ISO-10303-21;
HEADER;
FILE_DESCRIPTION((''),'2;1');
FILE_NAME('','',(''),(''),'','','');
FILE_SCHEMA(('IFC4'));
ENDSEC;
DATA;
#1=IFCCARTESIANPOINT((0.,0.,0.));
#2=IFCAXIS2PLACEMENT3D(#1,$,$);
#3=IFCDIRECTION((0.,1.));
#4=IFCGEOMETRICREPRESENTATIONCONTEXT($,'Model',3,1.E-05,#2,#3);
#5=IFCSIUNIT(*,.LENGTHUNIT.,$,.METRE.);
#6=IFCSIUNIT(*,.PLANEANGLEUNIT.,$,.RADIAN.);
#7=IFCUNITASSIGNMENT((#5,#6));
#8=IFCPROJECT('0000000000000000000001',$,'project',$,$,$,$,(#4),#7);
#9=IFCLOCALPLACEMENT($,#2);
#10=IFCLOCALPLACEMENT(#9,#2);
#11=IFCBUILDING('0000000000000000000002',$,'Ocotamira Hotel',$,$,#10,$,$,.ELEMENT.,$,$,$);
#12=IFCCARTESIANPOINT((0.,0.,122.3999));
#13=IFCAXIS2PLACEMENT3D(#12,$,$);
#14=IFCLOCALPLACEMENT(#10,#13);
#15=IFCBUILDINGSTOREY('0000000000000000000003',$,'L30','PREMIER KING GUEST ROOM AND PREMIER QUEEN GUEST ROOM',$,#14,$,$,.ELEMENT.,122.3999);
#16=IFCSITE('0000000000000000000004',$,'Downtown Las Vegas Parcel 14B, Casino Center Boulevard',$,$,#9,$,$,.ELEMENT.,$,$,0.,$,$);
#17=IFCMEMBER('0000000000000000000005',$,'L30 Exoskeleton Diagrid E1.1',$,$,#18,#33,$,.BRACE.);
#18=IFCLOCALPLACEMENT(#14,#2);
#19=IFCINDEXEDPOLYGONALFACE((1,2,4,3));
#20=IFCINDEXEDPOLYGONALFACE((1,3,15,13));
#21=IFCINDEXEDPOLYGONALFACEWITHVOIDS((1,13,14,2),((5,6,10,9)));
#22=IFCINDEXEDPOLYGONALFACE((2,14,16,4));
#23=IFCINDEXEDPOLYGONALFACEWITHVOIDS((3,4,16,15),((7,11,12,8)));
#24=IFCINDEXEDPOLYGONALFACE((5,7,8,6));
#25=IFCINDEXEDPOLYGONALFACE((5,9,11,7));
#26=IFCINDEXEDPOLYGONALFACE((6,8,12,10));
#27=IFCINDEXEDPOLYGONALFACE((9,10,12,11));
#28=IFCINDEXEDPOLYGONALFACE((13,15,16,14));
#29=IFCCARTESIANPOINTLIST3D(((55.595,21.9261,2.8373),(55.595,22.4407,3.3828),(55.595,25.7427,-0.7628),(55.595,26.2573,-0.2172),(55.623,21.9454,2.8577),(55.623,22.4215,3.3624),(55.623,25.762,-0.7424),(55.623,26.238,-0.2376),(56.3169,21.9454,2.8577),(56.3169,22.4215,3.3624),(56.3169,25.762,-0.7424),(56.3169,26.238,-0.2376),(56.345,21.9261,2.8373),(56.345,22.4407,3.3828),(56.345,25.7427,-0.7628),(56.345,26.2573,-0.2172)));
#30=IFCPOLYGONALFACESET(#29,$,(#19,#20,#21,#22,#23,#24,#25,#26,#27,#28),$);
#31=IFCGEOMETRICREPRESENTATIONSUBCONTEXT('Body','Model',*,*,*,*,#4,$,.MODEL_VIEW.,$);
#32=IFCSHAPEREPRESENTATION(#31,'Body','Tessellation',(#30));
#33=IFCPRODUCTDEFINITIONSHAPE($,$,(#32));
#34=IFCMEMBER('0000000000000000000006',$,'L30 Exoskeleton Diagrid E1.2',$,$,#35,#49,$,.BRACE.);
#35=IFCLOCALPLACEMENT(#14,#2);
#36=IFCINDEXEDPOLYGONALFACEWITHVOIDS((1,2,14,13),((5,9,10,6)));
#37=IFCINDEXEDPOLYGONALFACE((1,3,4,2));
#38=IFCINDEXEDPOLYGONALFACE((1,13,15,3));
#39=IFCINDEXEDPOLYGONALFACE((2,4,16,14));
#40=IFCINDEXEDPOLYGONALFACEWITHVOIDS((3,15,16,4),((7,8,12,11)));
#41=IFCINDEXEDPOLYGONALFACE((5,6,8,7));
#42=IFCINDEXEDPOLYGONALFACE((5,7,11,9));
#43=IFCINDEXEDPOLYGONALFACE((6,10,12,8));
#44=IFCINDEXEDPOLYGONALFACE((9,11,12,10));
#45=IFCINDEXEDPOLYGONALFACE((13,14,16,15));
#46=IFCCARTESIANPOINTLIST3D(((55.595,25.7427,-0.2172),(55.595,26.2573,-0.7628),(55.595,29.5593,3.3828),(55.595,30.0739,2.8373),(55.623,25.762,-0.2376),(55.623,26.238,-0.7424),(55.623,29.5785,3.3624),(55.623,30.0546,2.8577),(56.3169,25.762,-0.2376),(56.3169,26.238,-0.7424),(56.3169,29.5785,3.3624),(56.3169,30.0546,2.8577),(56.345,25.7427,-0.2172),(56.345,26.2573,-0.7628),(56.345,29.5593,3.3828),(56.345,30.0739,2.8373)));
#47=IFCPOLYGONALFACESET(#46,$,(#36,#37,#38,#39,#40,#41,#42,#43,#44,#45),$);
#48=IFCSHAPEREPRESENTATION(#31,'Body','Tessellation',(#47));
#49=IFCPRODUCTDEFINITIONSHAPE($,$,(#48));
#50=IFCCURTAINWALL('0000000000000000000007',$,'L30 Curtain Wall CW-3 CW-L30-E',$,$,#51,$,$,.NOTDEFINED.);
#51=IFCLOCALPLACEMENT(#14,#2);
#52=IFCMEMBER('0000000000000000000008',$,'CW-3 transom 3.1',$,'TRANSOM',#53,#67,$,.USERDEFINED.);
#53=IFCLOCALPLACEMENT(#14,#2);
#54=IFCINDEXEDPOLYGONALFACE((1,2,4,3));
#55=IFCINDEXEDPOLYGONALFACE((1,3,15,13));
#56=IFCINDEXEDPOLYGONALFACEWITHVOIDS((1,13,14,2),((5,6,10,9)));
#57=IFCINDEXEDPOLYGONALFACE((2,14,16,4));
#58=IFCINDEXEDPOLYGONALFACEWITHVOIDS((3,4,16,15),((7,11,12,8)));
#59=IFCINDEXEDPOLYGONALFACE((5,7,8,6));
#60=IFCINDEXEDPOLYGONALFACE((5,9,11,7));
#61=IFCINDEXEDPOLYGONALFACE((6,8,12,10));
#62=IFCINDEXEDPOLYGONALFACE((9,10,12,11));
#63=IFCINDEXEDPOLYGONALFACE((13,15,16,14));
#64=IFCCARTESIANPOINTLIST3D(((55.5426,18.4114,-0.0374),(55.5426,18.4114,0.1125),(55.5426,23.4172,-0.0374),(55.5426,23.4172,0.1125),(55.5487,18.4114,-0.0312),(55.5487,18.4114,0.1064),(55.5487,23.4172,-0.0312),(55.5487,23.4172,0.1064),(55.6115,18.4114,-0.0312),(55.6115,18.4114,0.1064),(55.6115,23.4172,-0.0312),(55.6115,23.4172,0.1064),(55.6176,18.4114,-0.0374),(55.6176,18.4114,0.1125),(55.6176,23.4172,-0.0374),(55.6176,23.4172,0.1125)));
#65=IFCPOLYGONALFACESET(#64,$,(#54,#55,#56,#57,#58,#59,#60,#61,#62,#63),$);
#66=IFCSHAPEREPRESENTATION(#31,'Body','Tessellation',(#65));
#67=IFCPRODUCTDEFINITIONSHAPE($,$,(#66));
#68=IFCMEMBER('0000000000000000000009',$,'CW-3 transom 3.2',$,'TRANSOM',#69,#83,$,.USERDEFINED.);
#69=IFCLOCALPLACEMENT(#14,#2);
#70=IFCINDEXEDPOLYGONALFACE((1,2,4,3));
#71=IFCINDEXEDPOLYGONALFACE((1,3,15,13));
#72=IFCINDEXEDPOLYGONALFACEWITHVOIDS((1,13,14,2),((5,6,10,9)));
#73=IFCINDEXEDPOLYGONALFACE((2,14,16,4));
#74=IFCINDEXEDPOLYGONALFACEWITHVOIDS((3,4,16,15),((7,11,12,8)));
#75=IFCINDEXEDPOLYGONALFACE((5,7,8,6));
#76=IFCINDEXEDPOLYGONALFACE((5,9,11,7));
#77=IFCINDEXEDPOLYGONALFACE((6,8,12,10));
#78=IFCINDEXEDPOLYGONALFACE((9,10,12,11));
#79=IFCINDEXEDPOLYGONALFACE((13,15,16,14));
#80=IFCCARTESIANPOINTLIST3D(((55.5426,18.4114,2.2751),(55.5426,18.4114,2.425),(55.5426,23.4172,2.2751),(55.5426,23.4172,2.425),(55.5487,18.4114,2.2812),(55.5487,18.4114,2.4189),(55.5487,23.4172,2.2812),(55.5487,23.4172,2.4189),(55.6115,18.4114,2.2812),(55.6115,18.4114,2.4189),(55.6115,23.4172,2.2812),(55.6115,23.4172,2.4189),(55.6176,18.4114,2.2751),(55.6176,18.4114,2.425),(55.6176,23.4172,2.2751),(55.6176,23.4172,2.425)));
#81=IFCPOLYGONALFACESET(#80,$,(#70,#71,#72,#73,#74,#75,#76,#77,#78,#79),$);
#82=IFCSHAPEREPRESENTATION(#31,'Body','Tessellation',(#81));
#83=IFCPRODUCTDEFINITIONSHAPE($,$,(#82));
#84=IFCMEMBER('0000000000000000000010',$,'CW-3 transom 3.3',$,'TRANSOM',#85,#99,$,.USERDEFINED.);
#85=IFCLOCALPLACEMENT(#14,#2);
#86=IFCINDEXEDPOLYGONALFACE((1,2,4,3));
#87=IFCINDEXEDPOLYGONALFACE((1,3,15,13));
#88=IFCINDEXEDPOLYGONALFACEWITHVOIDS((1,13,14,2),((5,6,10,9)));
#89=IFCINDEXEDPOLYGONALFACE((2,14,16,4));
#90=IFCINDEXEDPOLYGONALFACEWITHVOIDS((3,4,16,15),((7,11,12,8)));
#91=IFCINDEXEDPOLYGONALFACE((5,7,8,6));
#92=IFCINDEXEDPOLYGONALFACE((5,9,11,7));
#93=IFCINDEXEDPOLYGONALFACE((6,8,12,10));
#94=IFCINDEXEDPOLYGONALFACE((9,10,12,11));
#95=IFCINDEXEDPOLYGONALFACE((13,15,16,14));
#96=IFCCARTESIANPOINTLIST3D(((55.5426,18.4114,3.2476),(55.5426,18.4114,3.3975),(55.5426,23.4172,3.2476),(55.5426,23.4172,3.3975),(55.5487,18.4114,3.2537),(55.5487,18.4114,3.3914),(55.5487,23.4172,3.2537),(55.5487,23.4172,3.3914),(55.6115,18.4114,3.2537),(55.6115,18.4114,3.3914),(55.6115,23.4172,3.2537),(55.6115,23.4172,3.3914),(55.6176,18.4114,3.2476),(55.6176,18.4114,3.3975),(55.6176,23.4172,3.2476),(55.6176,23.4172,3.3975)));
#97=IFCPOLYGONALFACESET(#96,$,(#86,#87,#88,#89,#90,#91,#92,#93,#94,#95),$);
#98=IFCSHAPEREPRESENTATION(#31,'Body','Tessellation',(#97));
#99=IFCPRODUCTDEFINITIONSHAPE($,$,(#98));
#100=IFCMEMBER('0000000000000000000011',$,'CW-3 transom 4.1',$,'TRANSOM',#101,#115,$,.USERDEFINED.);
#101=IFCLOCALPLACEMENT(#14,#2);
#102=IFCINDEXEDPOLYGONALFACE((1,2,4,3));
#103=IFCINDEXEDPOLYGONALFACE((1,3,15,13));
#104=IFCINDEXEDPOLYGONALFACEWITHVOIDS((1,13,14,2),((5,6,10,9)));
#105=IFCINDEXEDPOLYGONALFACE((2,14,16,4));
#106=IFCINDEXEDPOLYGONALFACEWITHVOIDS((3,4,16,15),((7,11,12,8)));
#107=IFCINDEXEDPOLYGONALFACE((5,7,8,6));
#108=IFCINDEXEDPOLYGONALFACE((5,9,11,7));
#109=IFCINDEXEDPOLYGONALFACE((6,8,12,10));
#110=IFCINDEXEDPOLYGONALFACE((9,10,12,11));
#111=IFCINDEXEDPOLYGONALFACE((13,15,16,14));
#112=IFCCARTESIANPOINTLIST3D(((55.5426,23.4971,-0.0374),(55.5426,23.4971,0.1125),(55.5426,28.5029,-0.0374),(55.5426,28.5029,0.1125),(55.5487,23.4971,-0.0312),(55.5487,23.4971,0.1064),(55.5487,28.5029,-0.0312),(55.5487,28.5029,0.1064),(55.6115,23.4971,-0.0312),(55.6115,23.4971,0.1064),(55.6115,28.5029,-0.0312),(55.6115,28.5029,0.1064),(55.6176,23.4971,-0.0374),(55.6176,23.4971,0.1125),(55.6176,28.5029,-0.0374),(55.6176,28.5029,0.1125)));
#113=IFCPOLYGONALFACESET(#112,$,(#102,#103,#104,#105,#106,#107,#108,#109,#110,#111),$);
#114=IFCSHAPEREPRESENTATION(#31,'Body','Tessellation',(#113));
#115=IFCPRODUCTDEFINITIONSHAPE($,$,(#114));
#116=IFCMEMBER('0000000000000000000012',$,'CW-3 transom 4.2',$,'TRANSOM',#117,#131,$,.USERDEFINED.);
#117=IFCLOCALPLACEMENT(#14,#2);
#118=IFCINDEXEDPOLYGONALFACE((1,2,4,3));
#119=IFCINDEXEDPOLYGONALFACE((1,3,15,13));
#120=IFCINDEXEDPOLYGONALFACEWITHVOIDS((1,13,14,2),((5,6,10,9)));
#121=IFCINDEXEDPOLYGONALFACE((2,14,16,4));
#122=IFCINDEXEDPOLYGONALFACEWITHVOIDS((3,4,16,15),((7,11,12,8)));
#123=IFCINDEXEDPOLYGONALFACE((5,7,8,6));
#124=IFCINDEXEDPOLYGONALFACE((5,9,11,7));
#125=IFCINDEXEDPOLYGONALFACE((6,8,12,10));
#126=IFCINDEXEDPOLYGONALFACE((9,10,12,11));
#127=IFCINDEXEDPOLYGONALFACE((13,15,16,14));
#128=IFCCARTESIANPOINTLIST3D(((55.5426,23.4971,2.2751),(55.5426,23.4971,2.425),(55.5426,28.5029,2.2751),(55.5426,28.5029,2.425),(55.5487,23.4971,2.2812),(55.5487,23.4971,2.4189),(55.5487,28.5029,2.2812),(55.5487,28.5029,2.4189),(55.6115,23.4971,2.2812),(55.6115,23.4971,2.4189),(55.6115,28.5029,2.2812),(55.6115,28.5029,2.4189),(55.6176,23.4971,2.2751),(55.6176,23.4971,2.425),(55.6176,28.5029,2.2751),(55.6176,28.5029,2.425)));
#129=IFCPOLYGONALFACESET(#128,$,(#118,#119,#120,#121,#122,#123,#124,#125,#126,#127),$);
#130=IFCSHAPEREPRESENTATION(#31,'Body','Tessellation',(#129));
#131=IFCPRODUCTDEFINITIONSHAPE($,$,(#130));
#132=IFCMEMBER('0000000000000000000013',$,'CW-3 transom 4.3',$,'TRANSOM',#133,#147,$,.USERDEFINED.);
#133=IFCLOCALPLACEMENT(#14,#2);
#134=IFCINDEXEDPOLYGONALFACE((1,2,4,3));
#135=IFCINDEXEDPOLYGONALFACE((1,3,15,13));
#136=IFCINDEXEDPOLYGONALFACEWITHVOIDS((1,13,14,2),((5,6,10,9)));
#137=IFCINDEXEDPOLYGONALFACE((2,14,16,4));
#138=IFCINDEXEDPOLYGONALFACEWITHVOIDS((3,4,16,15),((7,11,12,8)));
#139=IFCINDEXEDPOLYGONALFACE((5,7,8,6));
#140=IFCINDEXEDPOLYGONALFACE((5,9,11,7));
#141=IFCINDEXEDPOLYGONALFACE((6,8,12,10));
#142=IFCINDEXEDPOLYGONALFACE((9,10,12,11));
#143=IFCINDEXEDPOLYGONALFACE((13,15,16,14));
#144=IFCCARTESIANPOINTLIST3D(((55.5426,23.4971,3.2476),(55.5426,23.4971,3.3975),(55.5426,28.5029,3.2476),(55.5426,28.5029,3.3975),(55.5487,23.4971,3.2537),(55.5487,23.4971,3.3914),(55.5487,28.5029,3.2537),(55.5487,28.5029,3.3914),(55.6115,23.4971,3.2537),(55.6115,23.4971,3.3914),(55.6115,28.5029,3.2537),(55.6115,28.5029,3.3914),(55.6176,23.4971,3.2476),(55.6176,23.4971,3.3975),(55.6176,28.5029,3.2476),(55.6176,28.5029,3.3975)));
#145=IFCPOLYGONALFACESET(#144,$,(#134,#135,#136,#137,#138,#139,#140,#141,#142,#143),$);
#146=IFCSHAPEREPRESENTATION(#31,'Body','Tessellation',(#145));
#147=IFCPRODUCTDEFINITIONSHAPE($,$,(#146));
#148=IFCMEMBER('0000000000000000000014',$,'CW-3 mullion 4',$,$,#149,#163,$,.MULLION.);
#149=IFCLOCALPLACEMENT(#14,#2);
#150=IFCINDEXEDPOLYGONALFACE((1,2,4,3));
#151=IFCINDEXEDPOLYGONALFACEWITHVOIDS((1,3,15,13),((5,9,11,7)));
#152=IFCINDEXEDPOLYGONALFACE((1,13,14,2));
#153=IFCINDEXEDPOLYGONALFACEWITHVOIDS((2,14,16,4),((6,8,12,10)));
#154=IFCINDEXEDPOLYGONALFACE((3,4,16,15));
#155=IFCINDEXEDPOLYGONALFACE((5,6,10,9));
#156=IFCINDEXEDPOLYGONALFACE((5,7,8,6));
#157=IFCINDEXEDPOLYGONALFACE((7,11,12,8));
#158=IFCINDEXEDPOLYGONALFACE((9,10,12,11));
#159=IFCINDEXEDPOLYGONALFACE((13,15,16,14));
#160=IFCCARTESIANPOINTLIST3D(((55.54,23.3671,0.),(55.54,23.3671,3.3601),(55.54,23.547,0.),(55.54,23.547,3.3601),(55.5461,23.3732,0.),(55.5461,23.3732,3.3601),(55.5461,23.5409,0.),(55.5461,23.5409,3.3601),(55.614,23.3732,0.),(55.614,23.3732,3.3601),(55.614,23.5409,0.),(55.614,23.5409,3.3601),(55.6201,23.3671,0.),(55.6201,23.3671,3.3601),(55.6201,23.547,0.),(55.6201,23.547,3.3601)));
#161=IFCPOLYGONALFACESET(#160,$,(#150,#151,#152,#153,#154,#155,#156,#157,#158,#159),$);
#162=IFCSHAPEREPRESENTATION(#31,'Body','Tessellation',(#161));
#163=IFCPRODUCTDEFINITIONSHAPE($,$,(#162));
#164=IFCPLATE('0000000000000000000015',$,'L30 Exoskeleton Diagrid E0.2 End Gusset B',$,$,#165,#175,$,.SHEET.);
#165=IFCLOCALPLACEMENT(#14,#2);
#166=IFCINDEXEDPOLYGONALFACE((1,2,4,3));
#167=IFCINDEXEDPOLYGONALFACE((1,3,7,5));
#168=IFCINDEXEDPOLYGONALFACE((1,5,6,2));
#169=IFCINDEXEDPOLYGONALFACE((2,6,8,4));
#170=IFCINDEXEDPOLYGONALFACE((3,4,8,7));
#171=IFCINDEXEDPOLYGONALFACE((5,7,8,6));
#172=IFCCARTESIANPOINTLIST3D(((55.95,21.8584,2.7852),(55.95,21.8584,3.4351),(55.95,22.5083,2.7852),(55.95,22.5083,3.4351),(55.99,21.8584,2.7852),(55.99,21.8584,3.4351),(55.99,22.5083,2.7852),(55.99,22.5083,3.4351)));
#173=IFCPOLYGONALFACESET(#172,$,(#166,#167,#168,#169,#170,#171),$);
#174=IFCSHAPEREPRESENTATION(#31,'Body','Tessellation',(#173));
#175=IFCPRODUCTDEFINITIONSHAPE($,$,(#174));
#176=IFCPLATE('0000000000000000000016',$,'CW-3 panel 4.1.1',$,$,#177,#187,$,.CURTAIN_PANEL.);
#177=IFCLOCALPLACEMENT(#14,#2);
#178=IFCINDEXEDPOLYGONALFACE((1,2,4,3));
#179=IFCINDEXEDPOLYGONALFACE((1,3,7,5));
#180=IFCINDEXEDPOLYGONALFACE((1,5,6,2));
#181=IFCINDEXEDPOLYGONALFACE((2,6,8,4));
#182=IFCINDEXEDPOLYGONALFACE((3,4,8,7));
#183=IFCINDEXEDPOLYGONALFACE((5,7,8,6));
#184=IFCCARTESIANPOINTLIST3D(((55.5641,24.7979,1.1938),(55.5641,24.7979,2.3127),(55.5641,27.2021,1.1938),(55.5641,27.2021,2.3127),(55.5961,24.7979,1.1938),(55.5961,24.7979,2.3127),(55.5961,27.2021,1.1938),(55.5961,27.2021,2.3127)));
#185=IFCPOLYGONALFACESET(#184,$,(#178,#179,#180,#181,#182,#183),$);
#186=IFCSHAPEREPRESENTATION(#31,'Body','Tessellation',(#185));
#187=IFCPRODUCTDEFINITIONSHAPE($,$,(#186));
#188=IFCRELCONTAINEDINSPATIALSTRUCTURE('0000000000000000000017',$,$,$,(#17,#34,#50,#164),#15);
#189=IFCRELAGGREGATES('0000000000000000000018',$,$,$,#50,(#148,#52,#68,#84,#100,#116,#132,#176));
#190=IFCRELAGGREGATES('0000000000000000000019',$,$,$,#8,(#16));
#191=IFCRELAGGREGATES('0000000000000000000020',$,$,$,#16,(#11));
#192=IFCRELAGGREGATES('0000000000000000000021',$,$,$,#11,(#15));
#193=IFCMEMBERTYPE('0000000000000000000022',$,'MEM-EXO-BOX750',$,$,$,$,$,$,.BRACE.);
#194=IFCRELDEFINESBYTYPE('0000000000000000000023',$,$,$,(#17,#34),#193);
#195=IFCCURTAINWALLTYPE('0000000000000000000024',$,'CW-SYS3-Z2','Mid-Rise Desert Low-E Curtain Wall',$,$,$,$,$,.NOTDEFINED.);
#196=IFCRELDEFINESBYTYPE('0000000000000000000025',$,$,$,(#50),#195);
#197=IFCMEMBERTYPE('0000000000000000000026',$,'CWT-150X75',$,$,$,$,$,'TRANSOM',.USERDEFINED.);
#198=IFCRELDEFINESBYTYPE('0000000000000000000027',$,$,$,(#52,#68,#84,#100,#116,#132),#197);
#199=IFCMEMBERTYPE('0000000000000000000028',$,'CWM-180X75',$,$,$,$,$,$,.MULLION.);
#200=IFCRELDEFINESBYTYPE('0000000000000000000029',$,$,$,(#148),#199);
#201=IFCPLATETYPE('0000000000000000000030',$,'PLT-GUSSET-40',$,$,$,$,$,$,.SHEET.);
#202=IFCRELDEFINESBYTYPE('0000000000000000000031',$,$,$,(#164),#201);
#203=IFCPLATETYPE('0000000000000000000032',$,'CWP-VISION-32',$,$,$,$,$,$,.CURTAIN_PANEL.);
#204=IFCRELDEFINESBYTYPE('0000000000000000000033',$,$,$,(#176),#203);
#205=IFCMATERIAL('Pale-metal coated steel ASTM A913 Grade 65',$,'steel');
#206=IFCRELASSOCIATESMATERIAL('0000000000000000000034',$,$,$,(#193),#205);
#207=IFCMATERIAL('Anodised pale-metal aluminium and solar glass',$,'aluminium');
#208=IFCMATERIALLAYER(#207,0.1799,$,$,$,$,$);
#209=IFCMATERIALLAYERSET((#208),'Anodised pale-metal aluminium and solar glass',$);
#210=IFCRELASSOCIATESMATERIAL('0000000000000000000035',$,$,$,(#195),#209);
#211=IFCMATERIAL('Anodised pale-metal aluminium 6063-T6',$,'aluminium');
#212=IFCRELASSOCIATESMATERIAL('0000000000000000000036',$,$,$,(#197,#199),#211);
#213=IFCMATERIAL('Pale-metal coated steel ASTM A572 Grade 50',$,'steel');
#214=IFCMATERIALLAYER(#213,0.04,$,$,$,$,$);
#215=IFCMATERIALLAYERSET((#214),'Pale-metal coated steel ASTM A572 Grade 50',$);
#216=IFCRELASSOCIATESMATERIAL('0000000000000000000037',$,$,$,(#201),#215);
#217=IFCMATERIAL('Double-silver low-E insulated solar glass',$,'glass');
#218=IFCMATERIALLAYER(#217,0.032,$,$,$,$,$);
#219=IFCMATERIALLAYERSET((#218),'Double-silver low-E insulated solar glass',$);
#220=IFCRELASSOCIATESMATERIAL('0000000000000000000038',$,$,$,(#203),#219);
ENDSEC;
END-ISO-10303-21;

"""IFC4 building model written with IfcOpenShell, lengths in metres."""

from ifc_helpers import new_model, si_unit, direction, frame, origin, origin_2d, place, context, subcontext, project, spatial, rectangle, hollow_rectangle, extrude, source, transform, mapped, material, layer, layer_set, material_profile, profile_set, type_object, element, aggregate, save


model = new_model("IFC4")

# Units and contexts
model_context = context("Model", 3, precision=1e-05, world=origin(), true_north=direction((0.0, 1.0)))
body_context = subcontext(model_context, "Body", "Model", "MODEL_VIEW")
ifc_project = project(units=[si_unit("LENGTHUNIT", "METRE"), si_unit("PLANEANGLEUNIT", "RADIAN")], contexts=[model_context])

# Site, building, storey
site_placement = place(None, origin())
site = spatial("IfcSite", under=ifc_project, at=site_placement, Name="Downtown Las Vegas Parcel 14B, Casino Center Boulevard", CompositionType="ELEMENT", RefElevation=0.0)
building_placement = place(site_placement, origin())
building = spatial("IfcBuilding", under=site, at=building_placement, Name="Ocotamira Hotel", CompositionType="ELEMENT")
storey_placement = place(building_placement, frame((0.0, 0.0, 122.3999)))
storey = spatial("IfcBuildingStorey", under=building, at=storey_placement, Name="L30", Description="PREMIER KING GUEST ROOM AND PREMIER QUEEN GUEST ROOM", CompositionType="ELEMENT", Elevation=122.3999)

# Members
ifc_material_1 = material(Name="Pale-metal coated steel ASTM A913 Grade 65", Category="steel")
ifc_material_profile_1 = material_profile(ifc_material_1, hollow_rectangle(XDim=0.75, YDim=0.75, WallThickness=0.0281, at=origin_2d()), Name="BOX750X750X28")
ifc_profile_set_1 = profile_set([ifc_material_profile_1], Name="Pale-metal coated steel ASTM A913 Grade 65")
member_type_1 = type_object("IfcMemberType", Name="MEM-EXO-BOX750", PredefinedType="BRACE", material=ifc_profile_set_1)
shared_shape_1 = source(origin(), body_context, "Body", "SweptSolid", [
    extrude(hollow_rectangle(XDim=0.75, YDim=0.75, WallThickness=0.0281, at=origin_2d()), origin(), (0.0, 0.0, 1.0), 5.2466),
])
for number, where, z_axis, x_axis, name in (
    (1, (55.97, 26.0, -0.49), (0.0, -0.727443, 0.686168), (1.0, 0.0, 0.0), "L30 Exoskeleton Diagrid E1.1"),
    (2, (55.97, 26.0, -0.49), (0.0, 0.727443, 0.686168), (-1.0, 0.0, 0.0), "L30 Exoskeleton Diagrid E1.2"),
):
    element("IfcMember", number, at=place(storey_placement, frame(where, z_axis=z_axis, x_axis=x_axis)), inside=storey, type_object=member_type_1, Name=name, PredefinedType="BRACE", context=body_context, shape_type="MappedRepresentation", body=[
        mapped(shared_shape_1, transform((0.0, 0.0, 0.0), scale=1.0)),
    ])

# Curtain wall, members
ifc_material_2 = material(Name="Anodised pale-metal aluminium and solar glass", Category="aluminium")
ifc_layer_1 = layer(ifc_material_2, 0.1799)
ifc_layer_set_1 = layer_set([ifc_layer_1], Name="Anodised pale-metal aluminium and solar glass")
curtain_wall_type = type_object("IfcCurtainWallType", Name="CW-SYS3-Z2", Description="Mid-Rise Desert Low-E Curtain Wall", PredefinedType="NOTDEFINED", material=ifc_layer_set_1)
curtain_wall_placement = place(storey_placement, origin())
curtain_wall = element("IfcCurtainWall", 3, at=curtain_wall_placement, inside=storey, type_object=curtain_wall_type, Name="L30 Curtain Wall CW-3 CW-L30-E", PredefinedType="NOTDEFINED")
ifc_material_3 = material(Name="Anodised pale-metal aluminium 6063-T6", Category="aluminium")
ifc_material_profile_2 = material_profile(ifc_material_3, hollow_rectangle(XDim=0.075, YDim=0.1499, WallThickness=0.0061, at=origin_2d()), Name="HSS150X75X6")
ifc_profile_set_2 = profile_set([ifc_material_profile_2], Name="Anodised pale-metal aluminium 6063-T6")
member_type_2 = type_object("IfcMemberType", Name="CWT-150X75", ElementType="TRANSOM", PredefinedType="USERDEFINED", material=ifc_profile_set_2)
shared_shape_2 = source(origin(), body_context, "Body", "SweptSolid", [
    extrude(hollow_rectangle(XDim=0.075, YDim=0.1499, WallThickness=0.0061, at=origin_2d()), origin(), (0.0, 0.0, 1.0), 5.0059),
])
member_1_placement = place(storey_placement, frame((55.5801, 18.4114, 0.0376), z_axis=(0.0, 1.0, 0.0), x_axis=(-1.0, 0.0, 0.0)))
member_1 = element("IfcMember", 4, at=member_1_placement, type_object=member_type_2, Name="CW-3 transom 3.1", ObjectType="TRANSOM", PredefinedType="USERDEFINED", context=body_context, shape_type="MappedRepresentation", body=[
    mapped(shared_shape_2, transform((0.0, 0.0, 0.0), scale=1.0)),
])
member_2_placement = place(storey_placement, frame((55.5801, 18.4114, 2.3501), z_axis=(0.0, 1.0, 0.0), x_axis=(-1.0, 0.0, 0.0)))
member_2 = element("IfcMember", 5, at=member_2_placement, type_object=member_type_2, Name="CW-3 transom 3.2", ObjectType="TRANSOM", PredefinedType="USERDEFINED", context=body_context, shape_type="MappedRepresentation", body=[
    mapped(shared_shape_2, transform((0.0, 0.0, 0.0), scale=1.0)),
])
member_3_placement = place(storey_placement, frame((55.5801, 18.4114, 3.3225), z_axis=(0.0, 1.0, 0.0), x_axis=(-1.0, 0.0, 0.0)))
member_3 = element("IfcMember", 6, at=member_3_placement, type_object=member_type_2, Name="CW-3 transom 3.3", ObjectType="TRANSOM", PredefinedType="USERDEFINED", context=body_context, shape_type="MappedRepresentation", body=[
    mapped(shared_shape_2, transform((0.0, 0.0, 0.0), scale=1.0)),
])
member_4_placement = place(storey_placement, frame((55.5801, 23.4971, 0.0376), z_axis=(0.0, 1.0, 0.0), x_axis=(-1.0, 0.0, 0.0)))
member_4 = element("IfcMember", 7, at=member_4_placement, type_object=member_type_2, Name="CW-3 transom 4.1", ObjectType="TRANSOM", PredefinedType="USERDEFINED", context=body_context, shape_type="MappedRepresentation", body=[
    mapped(shared_shape_2, transform((0.0, 0.0, 0.0), scale=1.0)),
])
member_5_placement = place(storey_placement, frame((55.5801, 23.4971, 2.3501), z_axis=(0.0, 1.0, 0.0), x_axis=(-1.0, 0.0, 0.0)))
member_5 = element("IfcMember", 8, at=member_5_placement, type_object=member_type_2, Name="CW-3 transom 4.2", ObjectType="TRANSOM", PredefinedType="USERDEFINED", context=body_context, shape_type="MappedRepresentation", body=[
    mapped(shared_shape_2, transform((0.0, 0.0, 0.0), scale=1.0)),
])
member_6_placement = place(storey_placement, frame((55.5801, 23.4971, 3.3225), z_axis=(0.0, 1.0, 0.0), x_axis=(-1.0, 0.0, 0.0)))
member_6 = element("IfcMember", 9, at=member_6_placement, type_object=member_type_2, Name="CW-3 transom 4.3", ObjectType="TRANSOM", PredefinedType="USERDEFINED", context=body_context, shape_type="MappedRepresentation", body=[
    mapped(shared_shape_2, transform((0.0, 0.0, 0.0), scale=1.0)),
])
ifc_material_profile_3 = material_profile(ifc_material_3, hollow_rectangle(XDim=0.0801, YDim=0.1799, WallThickness=0.0061, at=origin_2d()), Name="HSS180X80X6")
ifc_profile_set_3 = profile_set([ifc_material_profile_3], Name="Anodised pale-metal aluminium 6063-T6")
member_type_3 = type_object("IfcMemberType", Name="CWM-180X75", PredefinedType="MULLION", material=ifc_profile_set_3)
shared_shape_3 = source(origin(), body_context, "Body", "SweptSolid", [
    extrude(hollow_rectangle(XDim=0.0801, YDim=0.1799, WallThickness=0.0061, at=origin_2d()), origin(), (0.0, 0.0, 1.0), 3.3601),
])
member_7_placement = place(storey_placement, frame((55.5801, 23.457, 0.0), z_axis=(0.0, 0.0, 1.0), x_axis=(-1.0, 0.0, 0.0)))
member_7 = element("IfcMember", 10, at=member_7_placement, type_object=member_type_3, Name="CW-3 mullion 4", PredefinedType="MULLION", context=body_context, shape_type="MappedRepresentation", body=[
    mapped(shared_shape_3, transform((0.0, 0.0, 0.0), scale=1.0)),
])

# Plates
ifc_material_4 = material(Name="Pale-metal coated steel ASTM A572 Grade 50", Category="steel")
ifc_layer_2 = layer(ifc_material_4, 0.04)
ifc_layer_set_2 = layer_set([ifc_layer_2], Name="Pale-metal coated steel ASTM A572 Grade 50")
plate_type_1 = type_object("IfcPlateType", Name="PLT-GUSSET-40", PredefinedType="SHEET", material=ifc_layer_set_2)
shared_shape_4 = source(origin(), body_context, "Body", "SweptSolid", [
    extrude(rectangle(XDim=0.04, YDim=0.6499, at=origin_2d()), origin(), (0.0, 0.0, 1.0), 0.6499),
])
plate_1_placement = place(storey_placement, frame((55.97, 22.1833, 2.7852), z_axis=(0.0, 0.0, 1.0), x_axis=(1.0, 0.0, 0.0)))
element("IfcPlate", 11, at=plate_1_placement, inside=storey, type_object=plate_type_1, Name="L30 Exoskeleton Diagrid E0.2 End Gusset B", PredefinedType="SHEET", context=body_context, shape_type="MappedRepresentation", body=[
    mapped(shared_shape_4, transform((0.0, 0.0, 0.0), scale=1.0)),
])
ifc_material_5 = material(Name="Double-silver low-E insulated solar glass", Category="glass")
ifc_layer_3 = layer(ifc_material_5, 0.032)
ifc_layer_set_3 = layer_set([ifc_layer_3], Name="Double-silver low-E insulated solar glass")
plate_type_2 = type_object("IfcPlateType", Name="CWP-VISION-32", PredefinedType="CURTAIN_PANEL", material=ifc_layer_set_3)
shared_shape_5 = source(origin(), body_context, "Body", "SweptSolid", [
    extrude(rectangle(XDim=2.4043, YDim=0.032, at=origin_2d()), origin(), (0.0, 0.0, 1.0), 1.1189),
])
plate_2_placement = place(storey_placement, frame((55.5801, 26.0, 1.1938), z_axis=(0.0, 0.0, 1.0), x_axis=(0.0, 1.0, 0.0)))
plate_2 = element("IfcPlate", 12, at=plate_2_placement, type_object=plate_type_2, Name="CW-3 panel 4.1.1", PredefinedType="CURTAIN_PANEL", context=body_context, shape_type="MappedRepresentation", body=[
    mapped(shared_shape_5, transform((0.0, 0.0, 0.0), scale=1.0)),
])
aggregate(curtain_wall, [member_7, member_1, member_2, member_3, member_4, member_5, member_6, plate_2])

save(model, "model.ifc")
